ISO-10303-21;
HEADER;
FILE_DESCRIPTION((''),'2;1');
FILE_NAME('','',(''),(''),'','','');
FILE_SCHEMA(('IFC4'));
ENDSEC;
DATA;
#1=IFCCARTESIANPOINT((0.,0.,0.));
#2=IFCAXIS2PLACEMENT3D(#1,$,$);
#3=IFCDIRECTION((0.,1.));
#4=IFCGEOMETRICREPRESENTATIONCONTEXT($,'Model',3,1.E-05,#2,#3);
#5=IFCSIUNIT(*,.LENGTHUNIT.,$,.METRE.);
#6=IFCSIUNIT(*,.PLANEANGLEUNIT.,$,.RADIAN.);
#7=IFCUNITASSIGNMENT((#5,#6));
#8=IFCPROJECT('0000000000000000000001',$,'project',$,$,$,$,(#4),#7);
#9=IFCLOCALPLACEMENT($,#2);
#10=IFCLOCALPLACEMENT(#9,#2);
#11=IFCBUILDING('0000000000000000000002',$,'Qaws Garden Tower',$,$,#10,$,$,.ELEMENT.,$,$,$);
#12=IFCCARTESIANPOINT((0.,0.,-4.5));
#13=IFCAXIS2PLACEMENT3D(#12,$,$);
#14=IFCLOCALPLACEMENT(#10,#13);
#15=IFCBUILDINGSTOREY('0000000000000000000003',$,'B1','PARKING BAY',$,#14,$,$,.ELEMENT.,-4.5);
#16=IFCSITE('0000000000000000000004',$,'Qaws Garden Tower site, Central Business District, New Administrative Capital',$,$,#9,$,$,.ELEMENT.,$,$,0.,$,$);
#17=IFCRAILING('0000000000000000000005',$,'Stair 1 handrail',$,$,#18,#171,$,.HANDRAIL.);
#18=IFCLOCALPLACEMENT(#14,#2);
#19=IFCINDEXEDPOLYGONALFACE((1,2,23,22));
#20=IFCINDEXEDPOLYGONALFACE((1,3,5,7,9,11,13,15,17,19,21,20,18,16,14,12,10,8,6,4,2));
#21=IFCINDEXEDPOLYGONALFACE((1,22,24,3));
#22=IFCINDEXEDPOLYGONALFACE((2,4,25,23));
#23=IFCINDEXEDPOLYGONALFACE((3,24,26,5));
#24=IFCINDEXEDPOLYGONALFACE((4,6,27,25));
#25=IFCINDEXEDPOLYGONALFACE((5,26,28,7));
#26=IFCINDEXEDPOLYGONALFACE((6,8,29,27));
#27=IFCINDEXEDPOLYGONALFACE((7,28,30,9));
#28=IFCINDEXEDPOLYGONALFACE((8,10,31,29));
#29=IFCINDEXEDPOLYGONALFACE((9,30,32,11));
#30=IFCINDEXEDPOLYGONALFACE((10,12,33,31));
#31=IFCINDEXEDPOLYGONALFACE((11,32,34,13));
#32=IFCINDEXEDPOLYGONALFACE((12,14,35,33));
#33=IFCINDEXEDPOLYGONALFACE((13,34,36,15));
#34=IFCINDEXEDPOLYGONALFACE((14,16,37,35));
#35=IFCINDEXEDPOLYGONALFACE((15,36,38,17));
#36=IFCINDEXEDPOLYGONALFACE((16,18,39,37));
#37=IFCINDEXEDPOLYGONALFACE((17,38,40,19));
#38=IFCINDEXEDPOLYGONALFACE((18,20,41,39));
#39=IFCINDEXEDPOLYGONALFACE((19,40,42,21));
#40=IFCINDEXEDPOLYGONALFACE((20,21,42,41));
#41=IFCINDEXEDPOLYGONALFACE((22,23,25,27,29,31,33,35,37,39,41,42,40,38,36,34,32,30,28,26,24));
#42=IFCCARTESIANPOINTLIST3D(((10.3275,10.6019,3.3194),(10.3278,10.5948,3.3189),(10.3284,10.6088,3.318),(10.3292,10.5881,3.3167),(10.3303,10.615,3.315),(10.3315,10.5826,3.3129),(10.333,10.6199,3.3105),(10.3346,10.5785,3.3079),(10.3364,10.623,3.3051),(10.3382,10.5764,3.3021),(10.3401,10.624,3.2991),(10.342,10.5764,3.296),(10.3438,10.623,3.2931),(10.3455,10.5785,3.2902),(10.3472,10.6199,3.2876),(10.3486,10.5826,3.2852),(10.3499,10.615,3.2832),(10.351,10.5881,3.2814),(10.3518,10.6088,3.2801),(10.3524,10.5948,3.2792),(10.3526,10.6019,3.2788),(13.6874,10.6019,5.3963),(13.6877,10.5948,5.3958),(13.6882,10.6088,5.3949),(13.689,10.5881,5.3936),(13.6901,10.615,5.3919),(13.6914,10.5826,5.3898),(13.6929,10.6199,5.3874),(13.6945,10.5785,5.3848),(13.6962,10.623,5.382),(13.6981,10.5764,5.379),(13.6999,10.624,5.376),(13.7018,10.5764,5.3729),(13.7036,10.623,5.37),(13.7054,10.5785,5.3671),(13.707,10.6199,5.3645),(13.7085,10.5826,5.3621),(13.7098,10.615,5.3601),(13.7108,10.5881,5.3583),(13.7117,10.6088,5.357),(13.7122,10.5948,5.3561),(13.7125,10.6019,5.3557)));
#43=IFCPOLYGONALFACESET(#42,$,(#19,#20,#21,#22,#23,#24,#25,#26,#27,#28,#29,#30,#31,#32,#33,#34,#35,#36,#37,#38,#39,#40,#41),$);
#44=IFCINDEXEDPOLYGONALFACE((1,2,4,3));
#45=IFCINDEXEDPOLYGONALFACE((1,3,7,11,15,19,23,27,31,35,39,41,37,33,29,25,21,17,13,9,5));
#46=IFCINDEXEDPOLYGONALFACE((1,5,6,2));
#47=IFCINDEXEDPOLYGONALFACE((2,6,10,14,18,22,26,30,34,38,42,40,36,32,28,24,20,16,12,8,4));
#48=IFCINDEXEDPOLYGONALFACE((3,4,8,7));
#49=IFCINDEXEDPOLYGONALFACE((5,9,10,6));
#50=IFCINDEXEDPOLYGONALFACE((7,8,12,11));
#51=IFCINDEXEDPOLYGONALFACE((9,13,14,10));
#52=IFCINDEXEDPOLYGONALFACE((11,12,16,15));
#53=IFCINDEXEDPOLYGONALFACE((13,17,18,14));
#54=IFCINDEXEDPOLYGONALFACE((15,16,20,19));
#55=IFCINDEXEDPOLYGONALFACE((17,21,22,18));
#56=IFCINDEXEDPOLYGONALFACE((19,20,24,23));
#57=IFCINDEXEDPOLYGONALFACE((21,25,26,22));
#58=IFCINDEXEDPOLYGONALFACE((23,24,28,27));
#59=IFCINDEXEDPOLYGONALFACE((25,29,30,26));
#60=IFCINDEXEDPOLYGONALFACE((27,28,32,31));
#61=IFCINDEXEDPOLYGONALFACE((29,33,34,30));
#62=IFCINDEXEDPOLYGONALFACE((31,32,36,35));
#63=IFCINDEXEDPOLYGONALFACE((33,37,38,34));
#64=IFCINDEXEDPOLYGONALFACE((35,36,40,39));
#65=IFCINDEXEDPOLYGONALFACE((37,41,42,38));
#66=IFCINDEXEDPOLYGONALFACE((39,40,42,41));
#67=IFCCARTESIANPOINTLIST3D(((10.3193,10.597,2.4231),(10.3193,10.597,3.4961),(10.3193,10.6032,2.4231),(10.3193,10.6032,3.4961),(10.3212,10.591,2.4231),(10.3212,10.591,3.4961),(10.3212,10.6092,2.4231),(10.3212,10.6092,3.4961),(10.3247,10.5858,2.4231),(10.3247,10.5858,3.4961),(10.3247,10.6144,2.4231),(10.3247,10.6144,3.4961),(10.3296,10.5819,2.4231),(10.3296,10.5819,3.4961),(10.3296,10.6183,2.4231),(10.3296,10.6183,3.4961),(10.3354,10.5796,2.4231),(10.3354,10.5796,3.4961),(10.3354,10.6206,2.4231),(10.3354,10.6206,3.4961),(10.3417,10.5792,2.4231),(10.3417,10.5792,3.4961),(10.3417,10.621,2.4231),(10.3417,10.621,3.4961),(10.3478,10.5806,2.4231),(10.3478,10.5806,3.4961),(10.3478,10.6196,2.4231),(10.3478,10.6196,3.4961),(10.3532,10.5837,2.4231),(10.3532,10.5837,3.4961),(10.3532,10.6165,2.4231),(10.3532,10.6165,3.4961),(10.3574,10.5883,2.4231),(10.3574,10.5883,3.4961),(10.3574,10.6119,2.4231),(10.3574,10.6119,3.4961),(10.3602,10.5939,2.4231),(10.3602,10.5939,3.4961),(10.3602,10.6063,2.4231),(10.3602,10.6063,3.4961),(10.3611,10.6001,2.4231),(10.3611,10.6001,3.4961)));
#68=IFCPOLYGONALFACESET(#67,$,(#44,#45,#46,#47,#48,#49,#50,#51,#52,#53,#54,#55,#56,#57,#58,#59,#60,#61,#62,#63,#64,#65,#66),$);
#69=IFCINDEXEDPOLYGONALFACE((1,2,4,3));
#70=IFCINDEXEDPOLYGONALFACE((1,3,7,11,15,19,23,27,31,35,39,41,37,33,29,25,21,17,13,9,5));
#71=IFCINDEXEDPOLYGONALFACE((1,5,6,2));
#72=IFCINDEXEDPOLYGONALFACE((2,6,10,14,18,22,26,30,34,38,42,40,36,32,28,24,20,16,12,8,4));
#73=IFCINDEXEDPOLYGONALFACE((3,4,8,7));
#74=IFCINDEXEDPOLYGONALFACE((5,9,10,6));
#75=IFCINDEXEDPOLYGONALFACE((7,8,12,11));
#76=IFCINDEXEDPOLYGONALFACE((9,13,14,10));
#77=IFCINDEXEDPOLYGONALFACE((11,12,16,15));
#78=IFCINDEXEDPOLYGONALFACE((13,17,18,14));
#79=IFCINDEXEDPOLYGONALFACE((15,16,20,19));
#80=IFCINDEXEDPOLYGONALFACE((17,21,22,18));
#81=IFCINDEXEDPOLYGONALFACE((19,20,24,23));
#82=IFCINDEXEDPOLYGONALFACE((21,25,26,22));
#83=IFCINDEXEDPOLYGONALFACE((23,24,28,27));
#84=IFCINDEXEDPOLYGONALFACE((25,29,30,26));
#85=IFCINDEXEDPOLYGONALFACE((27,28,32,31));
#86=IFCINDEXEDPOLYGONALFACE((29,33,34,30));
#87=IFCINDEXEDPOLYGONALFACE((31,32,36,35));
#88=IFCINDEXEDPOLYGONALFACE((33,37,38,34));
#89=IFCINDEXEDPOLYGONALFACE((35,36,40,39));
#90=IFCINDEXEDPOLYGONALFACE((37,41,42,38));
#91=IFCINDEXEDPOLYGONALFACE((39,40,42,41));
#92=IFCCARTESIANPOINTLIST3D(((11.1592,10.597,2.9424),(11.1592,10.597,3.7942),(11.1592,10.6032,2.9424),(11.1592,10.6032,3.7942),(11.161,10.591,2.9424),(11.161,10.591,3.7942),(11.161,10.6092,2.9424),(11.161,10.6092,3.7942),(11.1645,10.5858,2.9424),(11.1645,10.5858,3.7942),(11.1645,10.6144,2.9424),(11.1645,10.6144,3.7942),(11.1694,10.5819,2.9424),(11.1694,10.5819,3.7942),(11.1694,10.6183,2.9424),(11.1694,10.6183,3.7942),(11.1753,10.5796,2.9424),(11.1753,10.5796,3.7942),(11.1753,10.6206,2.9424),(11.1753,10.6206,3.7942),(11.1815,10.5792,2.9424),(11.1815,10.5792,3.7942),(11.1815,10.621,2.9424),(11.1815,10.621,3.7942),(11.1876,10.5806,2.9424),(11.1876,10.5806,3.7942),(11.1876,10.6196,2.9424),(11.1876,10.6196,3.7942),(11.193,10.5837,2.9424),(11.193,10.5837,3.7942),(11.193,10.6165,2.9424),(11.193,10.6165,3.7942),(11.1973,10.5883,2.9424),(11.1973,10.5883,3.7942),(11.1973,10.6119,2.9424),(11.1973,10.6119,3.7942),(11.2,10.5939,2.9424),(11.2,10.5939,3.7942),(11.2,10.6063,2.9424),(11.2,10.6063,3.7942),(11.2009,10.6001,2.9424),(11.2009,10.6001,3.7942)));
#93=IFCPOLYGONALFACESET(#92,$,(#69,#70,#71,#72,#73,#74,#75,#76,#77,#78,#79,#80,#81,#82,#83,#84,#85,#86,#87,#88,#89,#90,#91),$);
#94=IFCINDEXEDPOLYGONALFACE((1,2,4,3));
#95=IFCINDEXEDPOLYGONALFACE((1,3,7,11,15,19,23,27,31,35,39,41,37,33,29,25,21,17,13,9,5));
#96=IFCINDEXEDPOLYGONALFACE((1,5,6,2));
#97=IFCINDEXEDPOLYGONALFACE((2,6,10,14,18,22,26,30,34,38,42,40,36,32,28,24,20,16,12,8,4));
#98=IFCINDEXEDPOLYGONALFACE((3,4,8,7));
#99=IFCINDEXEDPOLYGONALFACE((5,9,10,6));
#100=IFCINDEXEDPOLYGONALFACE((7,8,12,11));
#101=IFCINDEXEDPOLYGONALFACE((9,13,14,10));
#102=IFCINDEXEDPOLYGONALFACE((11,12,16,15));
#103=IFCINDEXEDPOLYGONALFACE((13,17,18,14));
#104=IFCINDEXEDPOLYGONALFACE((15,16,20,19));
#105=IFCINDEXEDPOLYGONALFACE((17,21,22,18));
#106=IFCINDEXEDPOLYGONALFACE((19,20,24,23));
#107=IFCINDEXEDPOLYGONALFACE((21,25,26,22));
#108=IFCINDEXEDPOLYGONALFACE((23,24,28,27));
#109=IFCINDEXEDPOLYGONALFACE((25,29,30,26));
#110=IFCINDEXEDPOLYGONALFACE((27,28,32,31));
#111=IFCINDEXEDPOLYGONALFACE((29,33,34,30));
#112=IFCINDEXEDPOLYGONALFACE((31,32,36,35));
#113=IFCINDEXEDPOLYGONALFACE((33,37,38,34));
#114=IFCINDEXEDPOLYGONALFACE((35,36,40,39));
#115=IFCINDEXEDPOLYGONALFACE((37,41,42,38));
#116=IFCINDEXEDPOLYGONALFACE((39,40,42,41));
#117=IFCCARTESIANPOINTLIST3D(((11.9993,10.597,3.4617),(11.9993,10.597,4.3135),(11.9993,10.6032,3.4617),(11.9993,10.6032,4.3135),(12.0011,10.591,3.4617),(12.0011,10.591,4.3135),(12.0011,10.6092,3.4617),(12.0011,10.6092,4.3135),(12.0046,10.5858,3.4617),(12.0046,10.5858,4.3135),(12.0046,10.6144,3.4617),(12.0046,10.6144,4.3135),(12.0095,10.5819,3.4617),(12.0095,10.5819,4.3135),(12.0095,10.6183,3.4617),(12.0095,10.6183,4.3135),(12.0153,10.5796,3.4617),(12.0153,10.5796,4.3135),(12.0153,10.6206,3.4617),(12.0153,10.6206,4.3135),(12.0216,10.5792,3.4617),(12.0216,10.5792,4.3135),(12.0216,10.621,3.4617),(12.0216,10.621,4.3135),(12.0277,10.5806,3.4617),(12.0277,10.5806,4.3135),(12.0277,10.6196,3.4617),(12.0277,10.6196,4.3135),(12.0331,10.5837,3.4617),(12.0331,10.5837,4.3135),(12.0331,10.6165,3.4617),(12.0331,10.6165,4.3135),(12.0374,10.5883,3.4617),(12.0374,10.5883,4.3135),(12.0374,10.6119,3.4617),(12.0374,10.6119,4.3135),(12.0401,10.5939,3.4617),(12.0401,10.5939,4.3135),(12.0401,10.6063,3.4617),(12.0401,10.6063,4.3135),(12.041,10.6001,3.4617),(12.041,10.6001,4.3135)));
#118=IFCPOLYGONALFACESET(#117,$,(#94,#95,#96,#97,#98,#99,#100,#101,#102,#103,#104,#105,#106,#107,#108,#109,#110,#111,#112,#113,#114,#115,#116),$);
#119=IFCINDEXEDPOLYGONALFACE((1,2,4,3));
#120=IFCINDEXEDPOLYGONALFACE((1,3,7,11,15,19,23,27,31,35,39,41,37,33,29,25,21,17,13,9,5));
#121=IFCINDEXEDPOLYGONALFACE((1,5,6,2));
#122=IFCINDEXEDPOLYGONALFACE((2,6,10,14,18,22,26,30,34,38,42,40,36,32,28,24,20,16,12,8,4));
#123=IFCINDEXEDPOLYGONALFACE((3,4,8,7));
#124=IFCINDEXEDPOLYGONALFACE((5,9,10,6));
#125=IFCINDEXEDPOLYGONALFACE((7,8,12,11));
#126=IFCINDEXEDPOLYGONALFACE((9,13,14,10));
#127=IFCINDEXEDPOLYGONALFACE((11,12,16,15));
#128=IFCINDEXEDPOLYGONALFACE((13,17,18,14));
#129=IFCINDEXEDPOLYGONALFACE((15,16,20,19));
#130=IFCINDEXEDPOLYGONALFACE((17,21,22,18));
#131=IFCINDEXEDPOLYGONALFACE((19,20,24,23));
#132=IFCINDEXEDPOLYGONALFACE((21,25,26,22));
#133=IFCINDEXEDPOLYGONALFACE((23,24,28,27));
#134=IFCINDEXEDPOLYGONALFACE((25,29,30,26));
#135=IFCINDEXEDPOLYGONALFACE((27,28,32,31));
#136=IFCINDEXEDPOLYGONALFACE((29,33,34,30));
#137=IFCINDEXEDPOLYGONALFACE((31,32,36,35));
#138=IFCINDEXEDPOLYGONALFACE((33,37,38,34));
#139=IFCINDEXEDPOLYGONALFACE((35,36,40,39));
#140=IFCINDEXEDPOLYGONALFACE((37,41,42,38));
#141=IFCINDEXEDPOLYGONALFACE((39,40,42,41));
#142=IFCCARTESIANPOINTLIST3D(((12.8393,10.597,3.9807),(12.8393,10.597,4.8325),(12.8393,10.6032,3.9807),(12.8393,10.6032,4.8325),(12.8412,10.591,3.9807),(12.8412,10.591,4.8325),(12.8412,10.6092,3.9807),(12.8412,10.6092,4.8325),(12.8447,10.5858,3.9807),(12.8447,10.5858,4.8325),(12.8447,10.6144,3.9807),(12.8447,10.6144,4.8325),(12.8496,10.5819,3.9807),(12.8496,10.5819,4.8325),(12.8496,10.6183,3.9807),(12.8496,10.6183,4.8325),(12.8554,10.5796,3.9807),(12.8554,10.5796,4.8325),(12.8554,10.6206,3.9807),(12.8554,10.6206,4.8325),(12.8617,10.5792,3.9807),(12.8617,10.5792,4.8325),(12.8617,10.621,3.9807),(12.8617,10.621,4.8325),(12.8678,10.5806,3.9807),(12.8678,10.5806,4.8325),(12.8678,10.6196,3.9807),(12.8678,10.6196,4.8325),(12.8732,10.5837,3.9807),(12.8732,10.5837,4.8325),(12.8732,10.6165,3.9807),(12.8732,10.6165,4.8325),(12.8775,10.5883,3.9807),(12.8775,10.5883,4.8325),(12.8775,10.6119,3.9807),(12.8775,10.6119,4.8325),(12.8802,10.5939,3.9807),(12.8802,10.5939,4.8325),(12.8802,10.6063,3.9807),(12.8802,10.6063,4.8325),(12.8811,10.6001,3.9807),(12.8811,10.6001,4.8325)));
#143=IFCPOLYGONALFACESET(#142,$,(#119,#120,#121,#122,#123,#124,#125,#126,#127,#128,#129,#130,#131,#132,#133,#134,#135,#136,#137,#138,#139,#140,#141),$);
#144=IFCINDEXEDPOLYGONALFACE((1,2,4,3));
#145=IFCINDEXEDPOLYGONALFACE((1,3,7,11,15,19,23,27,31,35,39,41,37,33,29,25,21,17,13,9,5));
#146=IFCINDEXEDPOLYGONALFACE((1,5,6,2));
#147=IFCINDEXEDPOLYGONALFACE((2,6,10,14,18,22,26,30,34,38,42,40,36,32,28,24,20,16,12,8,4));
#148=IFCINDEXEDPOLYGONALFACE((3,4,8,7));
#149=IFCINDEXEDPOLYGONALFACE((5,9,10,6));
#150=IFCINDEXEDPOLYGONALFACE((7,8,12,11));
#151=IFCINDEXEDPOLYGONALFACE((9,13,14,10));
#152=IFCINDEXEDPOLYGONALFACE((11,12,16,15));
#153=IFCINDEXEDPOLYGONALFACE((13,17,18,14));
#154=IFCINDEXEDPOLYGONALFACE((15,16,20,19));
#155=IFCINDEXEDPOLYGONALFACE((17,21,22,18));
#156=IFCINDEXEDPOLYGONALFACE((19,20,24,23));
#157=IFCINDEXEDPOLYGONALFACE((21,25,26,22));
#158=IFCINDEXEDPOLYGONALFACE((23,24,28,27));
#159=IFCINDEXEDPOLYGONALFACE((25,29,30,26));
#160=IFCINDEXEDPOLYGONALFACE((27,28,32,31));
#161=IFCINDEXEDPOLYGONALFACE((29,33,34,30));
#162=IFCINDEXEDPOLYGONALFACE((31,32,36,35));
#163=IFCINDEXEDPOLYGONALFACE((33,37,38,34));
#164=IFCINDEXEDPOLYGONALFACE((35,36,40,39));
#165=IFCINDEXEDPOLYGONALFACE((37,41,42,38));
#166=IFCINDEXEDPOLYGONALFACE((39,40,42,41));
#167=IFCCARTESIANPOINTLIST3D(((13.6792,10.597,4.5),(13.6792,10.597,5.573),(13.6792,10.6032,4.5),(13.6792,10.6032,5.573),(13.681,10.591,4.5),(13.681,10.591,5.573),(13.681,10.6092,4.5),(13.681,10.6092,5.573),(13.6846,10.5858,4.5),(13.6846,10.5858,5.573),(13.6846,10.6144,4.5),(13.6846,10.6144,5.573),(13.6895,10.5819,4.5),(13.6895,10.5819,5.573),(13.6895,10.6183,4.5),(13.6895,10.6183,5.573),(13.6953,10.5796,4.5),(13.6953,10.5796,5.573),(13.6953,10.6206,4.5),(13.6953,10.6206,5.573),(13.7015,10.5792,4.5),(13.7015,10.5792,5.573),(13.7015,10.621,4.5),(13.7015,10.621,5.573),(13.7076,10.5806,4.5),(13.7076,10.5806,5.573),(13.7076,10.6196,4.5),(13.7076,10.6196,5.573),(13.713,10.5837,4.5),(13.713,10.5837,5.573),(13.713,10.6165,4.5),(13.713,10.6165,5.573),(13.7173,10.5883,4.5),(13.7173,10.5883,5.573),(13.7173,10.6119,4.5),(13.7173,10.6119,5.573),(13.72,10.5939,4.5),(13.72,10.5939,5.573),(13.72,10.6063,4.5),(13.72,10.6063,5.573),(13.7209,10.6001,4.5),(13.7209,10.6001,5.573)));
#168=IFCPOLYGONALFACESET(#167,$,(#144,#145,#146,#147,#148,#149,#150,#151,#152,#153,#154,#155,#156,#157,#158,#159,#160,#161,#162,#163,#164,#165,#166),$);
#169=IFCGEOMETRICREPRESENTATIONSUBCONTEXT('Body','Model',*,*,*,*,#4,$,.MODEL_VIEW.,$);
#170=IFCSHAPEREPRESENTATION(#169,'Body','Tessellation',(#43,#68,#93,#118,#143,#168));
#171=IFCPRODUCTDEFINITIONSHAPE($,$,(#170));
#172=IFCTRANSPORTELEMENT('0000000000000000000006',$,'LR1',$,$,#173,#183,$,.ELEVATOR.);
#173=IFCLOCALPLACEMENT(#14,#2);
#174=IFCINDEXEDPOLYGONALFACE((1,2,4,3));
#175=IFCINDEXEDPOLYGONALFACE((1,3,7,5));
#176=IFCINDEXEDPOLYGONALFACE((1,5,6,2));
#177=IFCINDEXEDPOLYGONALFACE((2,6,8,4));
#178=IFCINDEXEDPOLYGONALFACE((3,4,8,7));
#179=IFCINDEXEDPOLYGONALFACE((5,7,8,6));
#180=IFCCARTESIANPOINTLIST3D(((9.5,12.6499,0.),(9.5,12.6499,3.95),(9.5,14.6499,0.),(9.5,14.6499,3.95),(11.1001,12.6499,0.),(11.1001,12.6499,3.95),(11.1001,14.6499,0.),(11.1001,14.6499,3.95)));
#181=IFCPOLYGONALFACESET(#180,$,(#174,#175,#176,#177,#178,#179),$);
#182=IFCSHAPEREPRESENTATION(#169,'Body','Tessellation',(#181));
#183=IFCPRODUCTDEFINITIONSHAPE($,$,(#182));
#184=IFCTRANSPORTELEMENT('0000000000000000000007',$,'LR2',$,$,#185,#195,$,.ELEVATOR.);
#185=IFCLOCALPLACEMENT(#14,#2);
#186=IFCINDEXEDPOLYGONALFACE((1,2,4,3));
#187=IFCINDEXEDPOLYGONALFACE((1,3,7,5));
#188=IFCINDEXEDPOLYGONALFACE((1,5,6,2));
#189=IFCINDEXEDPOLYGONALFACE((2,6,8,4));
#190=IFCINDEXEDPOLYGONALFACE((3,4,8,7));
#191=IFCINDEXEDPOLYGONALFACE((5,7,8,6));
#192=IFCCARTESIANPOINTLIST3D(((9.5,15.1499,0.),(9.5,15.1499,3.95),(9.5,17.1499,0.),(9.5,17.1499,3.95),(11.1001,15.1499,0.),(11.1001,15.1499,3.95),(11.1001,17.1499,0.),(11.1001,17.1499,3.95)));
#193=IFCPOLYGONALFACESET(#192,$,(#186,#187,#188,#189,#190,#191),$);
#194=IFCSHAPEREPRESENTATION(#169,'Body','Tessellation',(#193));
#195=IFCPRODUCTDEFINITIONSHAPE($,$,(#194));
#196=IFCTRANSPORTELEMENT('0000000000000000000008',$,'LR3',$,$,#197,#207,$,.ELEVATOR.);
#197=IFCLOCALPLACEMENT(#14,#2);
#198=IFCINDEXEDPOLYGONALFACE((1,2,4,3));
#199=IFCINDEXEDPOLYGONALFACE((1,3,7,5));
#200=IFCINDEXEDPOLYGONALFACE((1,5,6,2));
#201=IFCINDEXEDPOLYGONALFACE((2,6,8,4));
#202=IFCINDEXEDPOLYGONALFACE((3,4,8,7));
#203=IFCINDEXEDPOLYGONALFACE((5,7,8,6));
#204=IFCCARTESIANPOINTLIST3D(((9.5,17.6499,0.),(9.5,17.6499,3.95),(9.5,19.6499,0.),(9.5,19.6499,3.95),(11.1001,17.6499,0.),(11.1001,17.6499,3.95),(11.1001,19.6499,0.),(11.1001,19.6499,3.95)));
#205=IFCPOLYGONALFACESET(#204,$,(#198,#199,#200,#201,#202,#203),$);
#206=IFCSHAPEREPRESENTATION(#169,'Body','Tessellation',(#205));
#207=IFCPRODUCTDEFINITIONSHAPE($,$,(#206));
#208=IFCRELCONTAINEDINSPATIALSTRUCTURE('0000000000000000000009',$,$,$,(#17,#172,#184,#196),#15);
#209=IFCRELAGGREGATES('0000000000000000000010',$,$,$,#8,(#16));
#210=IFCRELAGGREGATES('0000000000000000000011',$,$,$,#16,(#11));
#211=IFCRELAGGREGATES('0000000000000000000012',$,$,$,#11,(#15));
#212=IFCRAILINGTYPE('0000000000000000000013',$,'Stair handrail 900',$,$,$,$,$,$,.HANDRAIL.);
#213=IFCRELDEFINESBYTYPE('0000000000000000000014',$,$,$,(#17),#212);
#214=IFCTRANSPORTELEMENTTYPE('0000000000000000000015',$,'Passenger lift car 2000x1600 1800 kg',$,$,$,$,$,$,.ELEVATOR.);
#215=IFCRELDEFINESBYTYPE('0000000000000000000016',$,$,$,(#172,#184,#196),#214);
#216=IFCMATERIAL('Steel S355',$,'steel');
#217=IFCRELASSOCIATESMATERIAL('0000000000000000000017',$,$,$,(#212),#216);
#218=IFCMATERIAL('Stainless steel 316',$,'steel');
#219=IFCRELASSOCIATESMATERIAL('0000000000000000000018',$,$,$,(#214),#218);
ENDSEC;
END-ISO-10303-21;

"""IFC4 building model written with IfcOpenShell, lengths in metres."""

from ifc_helpers import new_model, si_unit, direction, frame, origin, origin_2d, place, context, subcontext, project, spatial, rectangle, circle, extrude, material, type_object, element, save


model = new_model("IFC4")

# Units and contexts
model_context = context("Model", 3, precision=1e-05, world=origin(), true_north=direction((0.0, 1.0)))
body_context = subcontext(model_context, "Body", "Model", "MODEL_VIEW")
ifc_project = project(units=[si_unit("LENGTHUNIT", "METRE"), si_unit("PLANEANGLEUNIT", "RADIAN")], contexts=[model_context])

# Site, building, storey
site_placement = place(None, origin())
site = spatial("IfcSite", under=ifc_project, at=site_placement, Name="Qaws Garden Tower site, Central Business District, New Administrative Capital", CompositionType="ELEMENT", RefElevation=0.0)
building_placement = place(site_placement, origin())
building = spatial("IfcBuilding", under=site, at=building_placement, Name="Qaws Garden Tower", CompositionType="ELEMENT")
storey_placement = place(building_placement, frame((0.0, 0.0, -4.5)))
storey = spatial("IfcBuildingStorey", under=building, at=storey_placement, Name="B1", Description="PARKING BAY", CompositionType="ELEMENT", Elevation=-4.5)

# Railing
ifc_material_1 = material(Name="Steel S355", Category="steel")
railing_type = type_object("IfcRailingType", Name="Stair handrail 900", PredefinedType="HANDRAIL", material=ifc_material_1)
railing_1_placement = place(storey_placement, frame((10.3401, 10.6001, 2.4231)))
element("IfcRailing", 1, at=railing_1_placement, inside=storey, type_object=railing_type, Name="Stair 1 handrail", PredefinedType="HANDRAIL", context=body_context, shape_type="SweptSolid", body=[
    extrude(circle(Radius=0.0239, at=origin_2d()), frame((0.0, 0.0, 0.876), z_axis=(0.850606, 0.0, 0.525803), x_axis=(0.0, 1.0, 0.0)), (0.0, 0.0, 1.0), 3.95),
    extrude(circle(Radius=0.021, at=origin_2d()), origin(), (0.0, 0.0, 1.0), 1.073),
    extrude(circle(Radius=0.021, at=origin_2d()), frame((0.8398, 0.0, 0.5193)), (0.0, 0.0, 1.0), 0.8518),
    extrude(circle(Radius=0.021, at=origin_2d()), frame((1.6799, 0.0, 1.0386)), (0.0, 0.0, 1.0), 0.8518),
    extrude(circle(Radius=0.021, at=origin_2d()), frame((2.52, 0.0, 1.5576)), (0.0, 0.0, 1.0), 0.8518),
    extrude(circle(Radius=0.021, at=origin_2d()), frame((3.3599, 0.0, 2.0769)), (0.0, 0.0, 1.0), 1.073),
])

# Transport elements
ifc_material_2 = material(Name="Stainless steel 316", Category="steel")
transport_element_type = type_object("IfcTransportElementType", Name="Passenger lift car 2000x1600 1800 kg", PredefinedType="ELEVATOR", material=ifc_material_2)
for number, where, z_axis, x_axis, name in (
    (2, (10.3, 13.6499, 0.0), (0.0, 0.0, 1.0), (1.0, 0.0, 0.0), "LR1"),
    (3, (10.3, 16.1499, 0.0), (0.0, 0.0, 1.0), (1.0, 0.0, 0.0), "LR2"),
    (4, (10.3, 18.6499, 0.0), (0.0, 0.0, 1.0), (1.0, 0.0, 0.0), "LR3"),
):
    element("IfcTransportElement", number, at=place(storey_placement, frame(where, z_axis=z_axis, x_axis=x_axis)), inside=storey, type_object=transport_element_type, Name=name, PredefinedType="ELEVATOR", context=body_context, shape_type="SweptSolid", body=[
        extrude(rectangle(XDim=1.6001, YDim=2.0, at=origin_2d()), origin(), (0.0, 0.0, 1.0), 3.95),
    ])

save(model, "model.ifc")
